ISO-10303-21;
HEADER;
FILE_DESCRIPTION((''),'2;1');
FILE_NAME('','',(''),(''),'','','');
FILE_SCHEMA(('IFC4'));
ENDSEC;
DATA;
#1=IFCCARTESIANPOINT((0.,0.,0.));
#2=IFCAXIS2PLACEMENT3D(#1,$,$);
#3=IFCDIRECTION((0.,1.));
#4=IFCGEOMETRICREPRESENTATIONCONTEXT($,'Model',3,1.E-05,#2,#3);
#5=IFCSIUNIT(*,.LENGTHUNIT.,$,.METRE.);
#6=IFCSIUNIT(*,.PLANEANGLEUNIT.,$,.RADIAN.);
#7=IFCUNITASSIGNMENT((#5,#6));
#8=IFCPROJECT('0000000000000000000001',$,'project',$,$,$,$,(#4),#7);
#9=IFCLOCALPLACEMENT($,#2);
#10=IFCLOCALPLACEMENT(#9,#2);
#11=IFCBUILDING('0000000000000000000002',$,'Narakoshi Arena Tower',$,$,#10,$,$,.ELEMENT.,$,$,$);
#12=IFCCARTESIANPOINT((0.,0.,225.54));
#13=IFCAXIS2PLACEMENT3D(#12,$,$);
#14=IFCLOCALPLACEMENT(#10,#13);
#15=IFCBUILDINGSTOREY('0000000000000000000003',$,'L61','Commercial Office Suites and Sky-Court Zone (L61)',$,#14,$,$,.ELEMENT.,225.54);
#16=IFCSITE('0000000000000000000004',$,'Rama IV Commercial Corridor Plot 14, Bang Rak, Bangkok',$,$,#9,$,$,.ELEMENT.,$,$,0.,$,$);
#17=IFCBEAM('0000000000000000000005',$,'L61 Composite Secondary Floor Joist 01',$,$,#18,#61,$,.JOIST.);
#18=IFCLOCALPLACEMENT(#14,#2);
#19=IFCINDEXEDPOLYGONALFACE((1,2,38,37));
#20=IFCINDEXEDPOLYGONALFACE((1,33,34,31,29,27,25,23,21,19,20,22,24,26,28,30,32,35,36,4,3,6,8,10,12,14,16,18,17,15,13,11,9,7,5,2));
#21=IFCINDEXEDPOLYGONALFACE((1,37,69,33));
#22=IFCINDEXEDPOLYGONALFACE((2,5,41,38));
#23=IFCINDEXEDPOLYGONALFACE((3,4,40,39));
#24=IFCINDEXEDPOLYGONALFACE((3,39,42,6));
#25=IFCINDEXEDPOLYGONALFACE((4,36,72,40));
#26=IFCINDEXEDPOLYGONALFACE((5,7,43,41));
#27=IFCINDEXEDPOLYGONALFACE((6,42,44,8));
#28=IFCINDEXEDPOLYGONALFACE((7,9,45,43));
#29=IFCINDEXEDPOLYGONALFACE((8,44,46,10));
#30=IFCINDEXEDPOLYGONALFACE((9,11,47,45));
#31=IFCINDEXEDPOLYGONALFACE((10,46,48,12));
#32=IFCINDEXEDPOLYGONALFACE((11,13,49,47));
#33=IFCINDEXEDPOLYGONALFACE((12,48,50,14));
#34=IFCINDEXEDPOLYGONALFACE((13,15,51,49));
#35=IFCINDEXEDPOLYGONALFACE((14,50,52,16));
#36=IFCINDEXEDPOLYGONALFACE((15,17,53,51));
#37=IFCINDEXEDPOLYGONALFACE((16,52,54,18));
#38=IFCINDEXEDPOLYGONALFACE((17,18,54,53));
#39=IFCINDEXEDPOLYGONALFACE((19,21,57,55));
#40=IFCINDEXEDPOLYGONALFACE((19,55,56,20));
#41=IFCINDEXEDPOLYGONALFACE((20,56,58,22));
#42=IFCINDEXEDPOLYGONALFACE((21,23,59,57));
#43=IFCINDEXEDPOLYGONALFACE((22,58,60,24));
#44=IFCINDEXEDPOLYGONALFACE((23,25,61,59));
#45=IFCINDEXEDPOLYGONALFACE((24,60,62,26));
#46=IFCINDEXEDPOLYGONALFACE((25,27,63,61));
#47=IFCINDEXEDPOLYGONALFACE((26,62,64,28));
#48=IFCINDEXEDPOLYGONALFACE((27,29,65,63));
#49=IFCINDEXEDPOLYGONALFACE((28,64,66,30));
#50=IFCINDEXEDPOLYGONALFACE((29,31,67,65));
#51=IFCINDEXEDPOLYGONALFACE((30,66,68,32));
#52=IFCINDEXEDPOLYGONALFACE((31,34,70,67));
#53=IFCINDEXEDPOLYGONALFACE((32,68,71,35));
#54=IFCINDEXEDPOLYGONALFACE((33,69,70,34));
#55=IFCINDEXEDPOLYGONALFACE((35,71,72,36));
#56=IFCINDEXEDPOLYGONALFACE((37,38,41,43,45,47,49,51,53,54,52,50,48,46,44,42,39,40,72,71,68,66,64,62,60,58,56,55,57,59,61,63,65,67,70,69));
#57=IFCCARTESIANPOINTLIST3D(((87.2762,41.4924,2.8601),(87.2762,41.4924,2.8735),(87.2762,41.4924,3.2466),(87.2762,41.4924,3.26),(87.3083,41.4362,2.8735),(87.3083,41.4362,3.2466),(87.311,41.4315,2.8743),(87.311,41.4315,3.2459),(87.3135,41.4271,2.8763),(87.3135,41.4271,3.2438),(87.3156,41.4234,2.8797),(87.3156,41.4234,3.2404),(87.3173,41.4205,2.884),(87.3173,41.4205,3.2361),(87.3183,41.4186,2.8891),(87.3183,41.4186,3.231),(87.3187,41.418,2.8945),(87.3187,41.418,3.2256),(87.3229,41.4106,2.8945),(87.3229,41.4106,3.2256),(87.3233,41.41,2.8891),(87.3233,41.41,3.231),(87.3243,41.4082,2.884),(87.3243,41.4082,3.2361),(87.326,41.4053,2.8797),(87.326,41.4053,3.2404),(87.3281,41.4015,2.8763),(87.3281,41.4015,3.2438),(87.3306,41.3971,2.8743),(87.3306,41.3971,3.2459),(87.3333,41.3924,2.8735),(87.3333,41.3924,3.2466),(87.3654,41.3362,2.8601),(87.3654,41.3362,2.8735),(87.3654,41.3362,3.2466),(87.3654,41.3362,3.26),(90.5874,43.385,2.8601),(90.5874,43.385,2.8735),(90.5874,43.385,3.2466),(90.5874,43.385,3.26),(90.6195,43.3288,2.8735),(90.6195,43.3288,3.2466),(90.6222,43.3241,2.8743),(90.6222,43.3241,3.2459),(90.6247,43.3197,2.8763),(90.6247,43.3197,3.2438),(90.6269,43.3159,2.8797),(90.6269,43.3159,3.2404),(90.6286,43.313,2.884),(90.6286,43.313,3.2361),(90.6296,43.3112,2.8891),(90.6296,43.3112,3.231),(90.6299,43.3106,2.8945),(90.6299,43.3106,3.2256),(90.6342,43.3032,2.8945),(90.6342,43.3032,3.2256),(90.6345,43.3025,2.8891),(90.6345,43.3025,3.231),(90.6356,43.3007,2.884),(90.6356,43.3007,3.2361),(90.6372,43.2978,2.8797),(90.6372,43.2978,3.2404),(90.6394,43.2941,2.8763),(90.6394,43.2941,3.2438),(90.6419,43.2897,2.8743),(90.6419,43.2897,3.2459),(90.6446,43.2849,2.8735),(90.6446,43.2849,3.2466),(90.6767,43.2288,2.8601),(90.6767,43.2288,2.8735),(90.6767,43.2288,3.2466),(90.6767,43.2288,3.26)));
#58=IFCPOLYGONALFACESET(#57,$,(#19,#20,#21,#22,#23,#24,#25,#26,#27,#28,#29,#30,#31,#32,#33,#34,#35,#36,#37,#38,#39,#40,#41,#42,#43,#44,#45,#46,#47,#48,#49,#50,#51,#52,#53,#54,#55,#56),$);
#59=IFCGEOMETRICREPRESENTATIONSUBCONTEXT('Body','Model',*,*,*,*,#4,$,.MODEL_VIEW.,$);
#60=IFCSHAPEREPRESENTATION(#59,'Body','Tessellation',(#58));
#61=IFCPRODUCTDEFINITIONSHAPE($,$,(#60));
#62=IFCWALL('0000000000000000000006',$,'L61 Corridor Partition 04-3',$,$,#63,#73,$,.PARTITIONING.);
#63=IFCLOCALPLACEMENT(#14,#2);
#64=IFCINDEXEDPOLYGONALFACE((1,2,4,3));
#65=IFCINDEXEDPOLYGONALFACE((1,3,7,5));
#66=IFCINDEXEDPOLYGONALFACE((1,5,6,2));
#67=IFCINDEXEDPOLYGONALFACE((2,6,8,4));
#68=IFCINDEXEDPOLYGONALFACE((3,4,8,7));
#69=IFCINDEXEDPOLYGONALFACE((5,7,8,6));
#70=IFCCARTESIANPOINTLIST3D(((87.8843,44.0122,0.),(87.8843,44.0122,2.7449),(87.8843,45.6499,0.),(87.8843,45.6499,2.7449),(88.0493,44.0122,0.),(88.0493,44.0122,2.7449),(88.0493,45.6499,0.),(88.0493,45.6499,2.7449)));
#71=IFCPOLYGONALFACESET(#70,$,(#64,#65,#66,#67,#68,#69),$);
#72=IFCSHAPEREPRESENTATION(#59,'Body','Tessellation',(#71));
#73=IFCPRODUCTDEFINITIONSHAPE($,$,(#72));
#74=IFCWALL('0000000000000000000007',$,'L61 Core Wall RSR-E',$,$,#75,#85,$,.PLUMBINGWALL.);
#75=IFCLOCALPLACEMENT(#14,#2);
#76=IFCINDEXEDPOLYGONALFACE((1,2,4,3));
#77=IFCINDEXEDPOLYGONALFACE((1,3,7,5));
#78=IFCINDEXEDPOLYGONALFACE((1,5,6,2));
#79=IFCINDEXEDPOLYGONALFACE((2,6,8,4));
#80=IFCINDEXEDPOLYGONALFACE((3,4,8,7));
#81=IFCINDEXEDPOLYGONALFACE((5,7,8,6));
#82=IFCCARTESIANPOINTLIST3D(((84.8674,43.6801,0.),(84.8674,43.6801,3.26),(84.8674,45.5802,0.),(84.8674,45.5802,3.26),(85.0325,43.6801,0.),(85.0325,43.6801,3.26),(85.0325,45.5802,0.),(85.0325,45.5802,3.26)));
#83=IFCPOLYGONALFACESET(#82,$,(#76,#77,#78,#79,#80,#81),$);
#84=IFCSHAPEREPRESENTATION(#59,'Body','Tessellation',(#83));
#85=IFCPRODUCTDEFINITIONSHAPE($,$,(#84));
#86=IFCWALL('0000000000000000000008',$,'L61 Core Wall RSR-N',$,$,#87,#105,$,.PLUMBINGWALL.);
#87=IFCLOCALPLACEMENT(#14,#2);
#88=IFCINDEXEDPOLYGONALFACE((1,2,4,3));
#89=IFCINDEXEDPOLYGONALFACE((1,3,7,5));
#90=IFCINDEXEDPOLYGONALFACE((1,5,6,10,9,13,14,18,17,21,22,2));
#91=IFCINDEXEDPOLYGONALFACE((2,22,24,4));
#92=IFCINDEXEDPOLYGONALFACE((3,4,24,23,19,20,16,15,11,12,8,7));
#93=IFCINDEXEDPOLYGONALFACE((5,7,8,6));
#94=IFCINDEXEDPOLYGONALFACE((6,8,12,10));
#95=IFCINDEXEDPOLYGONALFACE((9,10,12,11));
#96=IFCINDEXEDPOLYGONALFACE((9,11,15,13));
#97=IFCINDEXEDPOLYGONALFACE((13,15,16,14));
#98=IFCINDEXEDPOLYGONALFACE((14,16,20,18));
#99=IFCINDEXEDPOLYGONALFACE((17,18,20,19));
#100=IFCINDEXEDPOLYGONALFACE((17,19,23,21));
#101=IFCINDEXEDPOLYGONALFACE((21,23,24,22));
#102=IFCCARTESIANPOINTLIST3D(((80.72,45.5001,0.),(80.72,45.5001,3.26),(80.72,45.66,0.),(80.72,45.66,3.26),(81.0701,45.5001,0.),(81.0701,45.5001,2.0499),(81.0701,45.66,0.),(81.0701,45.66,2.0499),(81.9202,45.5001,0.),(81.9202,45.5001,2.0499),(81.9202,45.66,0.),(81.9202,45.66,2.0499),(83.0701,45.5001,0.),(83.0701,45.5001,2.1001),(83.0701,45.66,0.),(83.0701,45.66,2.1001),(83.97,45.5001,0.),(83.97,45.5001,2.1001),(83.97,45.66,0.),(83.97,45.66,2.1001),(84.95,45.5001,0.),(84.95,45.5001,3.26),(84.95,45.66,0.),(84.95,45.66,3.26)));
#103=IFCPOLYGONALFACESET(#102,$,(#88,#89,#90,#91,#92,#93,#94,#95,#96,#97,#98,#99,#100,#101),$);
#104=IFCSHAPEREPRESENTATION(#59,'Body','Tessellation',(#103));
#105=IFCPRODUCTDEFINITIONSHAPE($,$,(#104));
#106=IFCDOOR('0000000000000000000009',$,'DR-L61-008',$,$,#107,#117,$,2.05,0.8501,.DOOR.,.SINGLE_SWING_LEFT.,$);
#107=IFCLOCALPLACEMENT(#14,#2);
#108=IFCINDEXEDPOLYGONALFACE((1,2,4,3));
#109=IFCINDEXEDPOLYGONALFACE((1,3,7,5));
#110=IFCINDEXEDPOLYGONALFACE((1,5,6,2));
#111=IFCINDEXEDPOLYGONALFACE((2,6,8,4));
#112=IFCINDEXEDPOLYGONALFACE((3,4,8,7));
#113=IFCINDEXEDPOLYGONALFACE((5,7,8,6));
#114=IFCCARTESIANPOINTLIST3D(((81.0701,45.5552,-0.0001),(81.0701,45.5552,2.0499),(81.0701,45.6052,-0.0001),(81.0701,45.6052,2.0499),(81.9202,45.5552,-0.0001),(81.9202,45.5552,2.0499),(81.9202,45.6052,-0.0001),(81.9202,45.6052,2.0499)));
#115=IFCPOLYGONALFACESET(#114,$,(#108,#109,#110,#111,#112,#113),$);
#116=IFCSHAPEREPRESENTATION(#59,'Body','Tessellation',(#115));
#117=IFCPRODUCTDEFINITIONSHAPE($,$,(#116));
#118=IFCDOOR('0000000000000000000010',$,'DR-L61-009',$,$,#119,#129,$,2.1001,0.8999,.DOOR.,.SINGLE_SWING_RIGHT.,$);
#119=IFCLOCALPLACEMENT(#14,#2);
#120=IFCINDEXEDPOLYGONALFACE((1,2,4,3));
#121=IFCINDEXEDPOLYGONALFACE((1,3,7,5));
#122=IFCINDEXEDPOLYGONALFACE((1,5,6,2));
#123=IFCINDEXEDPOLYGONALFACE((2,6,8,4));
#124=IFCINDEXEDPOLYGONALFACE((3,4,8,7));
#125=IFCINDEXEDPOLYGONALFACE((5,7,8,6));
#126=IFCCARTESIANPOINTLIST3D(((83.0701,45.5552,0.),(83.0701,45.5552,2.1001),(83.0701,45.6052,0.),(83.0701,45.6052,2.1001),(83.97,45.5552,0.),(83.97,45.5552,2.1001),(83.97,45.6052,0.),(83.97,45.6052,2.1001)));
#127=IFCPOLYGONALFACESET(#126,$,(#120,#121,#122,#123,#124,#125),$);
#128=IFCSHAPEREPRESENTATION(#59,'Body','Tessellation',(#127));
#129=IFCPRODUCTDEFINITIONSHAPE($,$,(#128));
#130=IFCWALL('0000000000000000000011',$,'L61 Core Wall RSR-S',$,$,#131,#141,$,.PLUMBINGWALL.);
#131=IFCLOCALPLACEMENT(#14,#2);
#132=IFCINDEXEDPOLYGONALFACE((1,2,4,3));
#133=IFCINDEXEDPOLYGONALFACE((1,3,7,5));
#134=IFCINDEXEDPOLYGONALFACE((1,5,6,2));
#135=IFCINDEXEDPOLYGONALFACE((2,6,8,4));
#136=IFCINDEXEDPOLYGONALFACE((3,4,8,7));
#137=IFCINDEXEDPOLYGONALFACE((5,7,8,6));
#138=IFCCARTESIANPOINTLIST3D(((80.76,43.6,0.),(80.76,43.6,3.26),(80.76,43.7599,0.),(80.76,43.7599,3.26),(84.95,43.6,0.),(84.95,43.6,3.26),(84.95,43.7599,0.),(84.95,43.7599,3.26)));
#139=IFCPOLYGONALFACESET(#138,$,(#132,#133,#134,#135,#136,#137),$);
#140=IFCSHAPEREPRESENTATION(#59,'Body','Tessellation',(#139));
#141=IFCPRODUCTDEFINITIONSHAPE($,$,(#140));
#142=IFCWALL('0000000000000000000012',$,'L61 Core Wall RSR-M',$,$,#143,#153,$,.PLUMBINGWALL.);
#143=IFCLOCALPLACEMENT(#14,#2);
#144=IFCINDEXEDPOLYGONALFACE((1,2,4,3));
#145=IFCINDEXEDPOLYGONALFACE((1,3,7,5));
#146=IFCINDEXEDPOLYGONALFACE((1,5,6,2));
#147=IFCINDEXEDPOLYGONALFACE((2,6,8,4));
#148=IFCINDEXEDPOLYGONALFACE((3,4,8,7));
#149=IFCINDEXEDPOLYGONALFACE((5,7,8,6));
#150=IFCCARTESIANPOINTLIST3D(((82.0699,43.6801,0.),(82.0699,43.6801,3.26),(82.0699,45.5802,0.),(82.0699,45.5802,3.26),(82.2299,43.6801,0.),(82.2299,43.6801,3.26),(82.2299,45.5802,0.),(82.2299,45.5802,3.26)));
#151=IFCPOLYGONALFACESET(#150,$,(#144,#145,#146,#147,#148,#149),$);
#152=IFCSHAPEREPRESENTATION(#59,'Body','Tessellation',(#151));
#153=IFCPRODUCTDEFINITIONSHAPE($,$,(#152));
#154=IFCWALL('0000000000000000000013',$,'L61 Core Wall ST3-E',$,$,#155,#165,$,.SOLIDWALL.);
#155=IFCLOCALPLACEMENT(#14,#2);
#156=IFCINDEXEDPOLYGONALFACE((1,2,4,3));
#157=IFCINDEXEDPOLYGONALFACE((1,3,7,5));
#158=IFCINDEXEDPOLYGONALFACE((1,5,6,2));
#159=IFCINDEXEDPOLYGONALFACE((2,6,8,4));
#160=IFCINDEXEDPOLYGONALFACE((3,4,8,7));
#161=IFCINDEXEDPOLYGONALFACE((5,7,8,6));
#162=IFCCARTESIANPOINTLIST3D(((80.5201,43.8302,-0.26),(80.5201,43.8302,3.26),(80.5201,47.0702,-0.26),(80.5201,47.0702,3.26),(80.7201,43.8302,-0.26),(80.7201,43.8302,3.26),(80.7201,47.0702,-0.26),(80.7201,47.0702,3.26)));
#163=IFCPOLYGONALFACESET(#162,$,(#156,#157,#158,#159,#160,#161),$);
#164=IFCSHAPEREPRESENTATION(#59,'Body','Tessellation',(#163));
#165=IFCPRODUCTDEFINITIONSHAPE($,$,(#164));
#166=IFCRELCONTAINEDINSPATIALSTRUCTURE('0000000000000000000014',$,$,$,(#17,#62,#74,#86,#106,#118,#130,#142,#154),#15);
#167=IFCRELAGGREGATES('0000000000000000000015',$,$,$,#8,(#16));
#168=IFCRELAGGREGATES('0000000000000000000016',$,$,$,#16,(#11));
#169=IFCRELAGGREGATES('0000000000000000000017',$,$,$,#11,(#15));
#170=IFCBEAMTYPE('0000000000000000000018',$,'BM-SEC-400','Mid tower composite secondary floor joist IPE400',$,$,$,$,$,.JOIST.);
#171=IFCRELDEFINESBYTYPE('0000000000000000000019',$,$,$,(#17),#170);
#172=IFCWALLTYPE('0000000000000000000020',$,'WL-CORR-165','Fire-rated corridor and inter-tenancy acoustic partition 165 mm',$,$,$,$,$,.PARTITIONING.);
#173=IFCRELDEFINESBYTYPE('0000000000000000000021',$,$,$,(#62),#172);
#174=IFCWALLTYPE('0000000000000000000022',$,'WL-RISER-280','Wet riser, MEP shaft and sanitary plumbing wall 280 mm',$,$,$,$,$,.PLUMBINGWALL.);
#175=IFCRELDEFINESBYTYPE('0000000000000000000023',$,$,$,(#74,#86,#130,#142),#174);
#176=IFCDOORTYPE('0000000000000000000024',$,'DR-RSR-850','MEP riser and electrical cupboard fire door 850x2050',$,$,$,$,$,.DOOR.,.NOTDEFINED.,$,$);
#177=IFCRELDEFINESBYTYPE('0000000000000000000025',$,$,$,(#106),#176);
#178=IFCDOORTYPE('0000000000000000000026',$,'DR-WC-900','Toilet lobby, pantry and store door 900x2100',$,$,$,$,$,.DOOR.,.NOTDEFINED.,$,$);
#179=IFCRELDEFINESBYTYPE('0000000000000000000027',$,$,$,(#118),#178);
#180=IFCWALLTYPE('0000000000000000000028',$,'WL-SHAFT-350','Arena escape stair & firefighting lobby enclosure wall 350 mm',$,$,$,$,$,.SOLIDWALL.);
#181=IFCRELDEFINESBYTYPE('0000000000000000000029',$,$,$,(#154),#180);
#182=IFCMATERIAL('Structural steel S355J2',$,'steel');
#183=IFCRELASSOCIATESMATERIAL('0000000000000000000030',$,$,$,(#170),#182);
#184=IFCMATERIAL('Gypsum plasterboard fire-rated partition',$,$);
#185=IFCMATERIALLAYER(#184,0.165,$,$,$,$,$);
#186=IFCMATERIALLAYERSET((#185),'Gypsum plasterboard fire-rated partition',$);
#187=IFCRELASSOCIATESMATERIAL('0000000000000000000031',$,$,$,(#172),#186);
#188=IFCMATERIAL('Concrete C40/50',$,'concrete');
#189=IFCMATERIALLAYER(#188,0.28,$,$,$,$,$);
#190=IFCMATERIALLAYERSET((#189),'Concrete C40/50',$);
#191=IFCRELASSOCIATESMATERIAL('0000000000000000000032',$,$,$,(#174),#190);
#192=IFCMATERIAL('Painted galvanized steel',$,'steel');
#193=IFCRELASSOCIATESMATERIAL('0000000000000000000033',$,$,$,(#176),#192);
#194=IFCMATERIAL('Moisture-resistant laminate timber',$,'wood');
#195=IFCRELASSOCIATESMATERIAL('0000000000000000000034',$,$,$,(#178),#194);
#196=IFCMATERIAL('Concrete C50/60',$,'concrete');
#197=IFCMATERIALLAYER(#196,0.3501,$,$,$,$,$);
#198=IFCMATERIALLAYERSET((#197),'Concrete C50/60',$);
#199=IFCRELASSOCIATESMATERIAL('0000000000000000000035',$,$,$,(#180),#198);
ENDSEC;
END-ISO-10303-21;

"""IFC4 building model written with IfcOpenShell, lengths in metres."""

from ifc_helpers import new_model, si_unit, direction, frame, frame_2d, origin, origin_2d, place, context, subcontext, project, spatial, rectangle, i_section, extrude, material, layer, layer_set, material_profile, profile_set, type_object, element, fill, save


model = new_model("IFC4")

# Units and contexts
model_context = context("Model", 3, precision=1e-05, world=origin(), true_north=direction((0.0, 1.0)))
body_context = subcontext(model_context, "Body", "Model", "MODEL_VIEW")
ifc_project = project(units=[si_unit("LENGTHUNIT", "METRE"), si_unit("PLANEANGLEUNIT", "RADIAN")], contexts=[model_context])

# Site, building, storey
site_placement = place(None, origin())
site = spatial("IfcSite", under=ifc_project, at=site_placement, Name="Rama IV Commercial Corridor Plot 14, Bang Rak, Bangkok", CompositionType="ELEMENT", RefElevation=0.0)
building_placement = place(site_placement, origin())
building = spatial("IfcBuilding", under=site, at=building_placement, Name="Narakoshi Arena Tower", CompositionType="ELEMENT")
storey_placement = place(building_placement, frame((0.0, 0.0, 225.54)))
storey = spatial("IfcBuildingStorey", under=building, at=storey_placement, Name="L61", Description="Commercial Office Suites and Sky-Court Zone (L61)", CompositionType="ELEMENT", Elevation=225.54)

# Beam
ifc_material_1 = material(Name="Structural steel S355J2", Category="steel")
ifc_material_profile_1 = material_profile(ifc_material_1, i_section(OverallWidth=0.1799, OverallDepth=0.3999, WebThickness=0.0085, FlangeThickness=0.0134, FilletRadius=0.021, at=origin_2d()), Name="IPE400")
ifc_profile_set_1 = profile_set([ifc_material_profile_1], Name="Structural steel S355J2")
beam_type_1 = type_object("IfcBeamType", Name="BM-SEC-400", Description="Mid tower composite secondary floor joist IPE400", PredefinedType="JOIST", material=ifc_profile_set_1)
beam_1_placement = place(storey_placement, frame((87.3208, 41.4143, 3.0601), z_axis=(0.868196, 0.496222, 0.0), x_axis=(-0.496222, 0.868196, 0.0)))
element("IfcBeam", 1, at=beam_1_placement, inside=storey, type_object=beam_type_1, Name="L61 Composite Secondary Floor Joist 01", PredefinedType="JOIST", context=body_context, shape_type="SweptSolid", body=[
    extrude(i_section(OverallWidth=0.1799, OverallDepth=0.3999, WebThickness=0.0085, FlangeThickness=0.0134, FilletRadius=0.021, at=origin_2d()), origin(), (0.0, 0.0, 1.0), 3.814),
])

# Walls
ifc_material_2 = material(Name="Gypsum plasterboard fire-rated partition")
ifc_layer_1 = layer(ifc_material_2, 0.165)
ifc_layer_set_1 = layer_set([ifc_layer_1], Name="Gypsum plasterboard fire-rated partition")
wall_type_1 = type_object("IfcWallType", Name="WL-CORR-165", Description="Fire-rated corridor and inter-tenancy acoustic partition 165 mm", PredefinedType="PARTITIONING", material=ifc_layer_set_1)
wall_1_placement = place(storey_placement, frame((87.9668, 44.0122, 0.0), z_axis=(0.0, 0.0, 1.0), x_axis=(0.0, 1.0, 0.0)))
element("IfcWall", 2, at=wall_1_placement, inside=storey, type_object=wall_type_1, Name="L61 Corridor Partition 04-3", PredefinedType="PARTITIONING", context=body_context, shape_type="SweptSolid", body=[
    extrude(rectangle(XDim=1.6377, YDim=0.165, at=frame_2d((0.8188, 0.0))), origin(), (0.0, 0.0, 1.0), 2.7449),
])
ifc_material_3 = material(Name="Concrete C40/50", Category="concrete")
ifc_layer_2 = layer(ifc_material_3, 0.28)
ifc_layer_set_2 = layer_set([ifc_layer_2], Name="Concrete C40/50")
wall_type_2 = type_object("IfcWallType", Name="WL-RISER-280", Description="Wet riser, MEP shaft and sanitary plumbing wall 280 mm", PredefinedType="PLUMBINGWALL", material=ifc_layer_set_2)
wall_2_placement = place(storey_placement, frame((84.95, 43.6799, 0.0), z_axis=(0.0, 0.0, 1.0), x_axis=(0.0, 1.0, 0.0)))
element("IfcWall", 3, at=wall_2_placement, inside=storey, type_object=wall_type_2, Name="L61 Core Wall RSR-E", PredefinedType="PLUMBINGWALL", context=body_context, shape_type="SweptSolid", body=[
    extrude(rectangle(XDim=1.9001, YDim=0.165, at=frame_2d((0.9502, 0.0))), origin(), (0.0, 0.0, 1.0), 3.26),
])

# Wall, openings, doors
wall_3_placement = place(storey_placement, frame((80.72, 45.5801, 0.0), z_axis=(0.0, 0.0, 1.0), x_axis=(1.0, 0.0, 0.0)))
wall_3 = element("IfcWall", 4, at=wall_3_placement, inside=storey, type_object=wall_type_2, Name="L61 Core Wall RSR-N", PredefinedType="PLUMBINGWALL", context=body_context, shape_type="SweptSolid", body=[
    extrude(rectangle(XDim=4.23, YDim=0.1599, at=frame_2d((2.115, 0.0))), origin(), (0.0, 0.0, 1.0), 3.26),
])
opening_1_placement = place(wall_3_placement, frame((0.3501, 0.0, 0.0)))
opening_1 = element("IfcOpeningElement", 5, at=opening_1_placement, cuts=wall_3, PredefinedType="OPENING", context=body_context, shape_type="SweptSolid", body=[
    extrude(rectangle(XDim=0.8501, YDim=2.05, at=frame_2d((0.425, 1.0249))), frame((0.0, 0.0898, 0.0), z_axis=(0.0, -1.0, 0.0), x_axis=(1.0, 0.0, 0.0)), (0.0, 0.0, 1.0), 0.1799),
])
opening_2_placement = place(wall_3_placement, frame((2.3501, 0.0, 0.0)))
opening_2 = element("IfcOpeningElement", 6, at=opening_2_placement, cuts=wall_3, PredefinedType="OPENING", context=body_context, shape_type="SweptSolid", body=[
    extrude(rectangle(XDim=0.8999, YDim=2.1001, at=frame_2d((0.45, 1.05))), frame((0.0, 0.0898, 0.0), z_axis=(0.0, -1.0, 0.0), x_axis=(1.0, 0.0, 0.0)), (0.0, 0.0, 1.0), 0.1799),
])
ifc_material_4 = material(Name="Painted galvanized steel", Category="steel")
door_type_1 = type_object("IfcDoorType", Name="DR-RSR-850", Description="MEP riser and electrical cupboard fire door 850x2050", OperationType="NOTDEFINED", PredefinedType="DOOR", material=ifc_material_4)
door_1_placement = place(opening_1_placement, frame((0.8501, 0.0, 0.0), z_axis=(0.0, 0.0, 1.0), x_axis=(-1.0, 0.0, 0.0)))
door_1 = element("IfcDoor", 7, at=door_1_placement, inside=storey, type_object=door_type_1, Name="DR-L61-008", OperationType="SINGLE_SWING_LEFT", OverallHeight=2.05, OverallWidth=0.8501, PredefinedType="DOOR", context=body_context, shape_type="SweptSolid", body=[
    extrude(rectangle(XDim=0.8501, YDim=2.05, at=frame_2d((0.425, 1.0249))), frame((0.0, 0.0249, 0.0), z_axis=(0.0, -1.0, 0.0), x_axis=(1.0, 0.0, 0.0)), (0.0, 0.0, 1.0), 0.05),
])
fill(opening_1, door_1)
ifc_material_5 = material(Name="Moisture-resistant laminate timber", Category="wood")
door_type_2 = type_object("IfcDoorType", Name="DR-WC-900", Description="Toilet lobby, pantry and store door 900x2100", OperationType="NOTDEFINED", PredefinedType="DOOR", material=ifc_material_5)
door_2_placement = place(opening_2_placement, frame((0.8999, 0.0, 0.0), z_axis=(0.0, 0.0, 1.0), x_axis=(-1.0, 0.0, 0.0)))
door_2 = element("IfcDoor", 8, at=door_2_placement, inside=storey, type_object=door_type_2, Name="DR-L61-009", OperationType="SINGLE_SWING_RIGHT", OverallHeight=2.1001, OverallWidth=0.8999, PredefinedType="DOOR", context=body_context, shape_type="SweptSolid", body=[
    extrude(rectangle(XDim=0.8999, YDim=2.1001, at=frame_2d((0.45, 1.05))), frame((0.0, 0.0249, 0.0), z_axis=(0.0, -1.0, 0.0), x_axis=(1.0, 0.0, 0.0)), (0.0, 0.0, 1.0), 0.05),
])
fill(opening_2, door_2)

# Walls
wall_4_placement = place(storey_placement, frame((80.76, 43.6799, 0.0), z_axis=(0.0, 0.0, 1.0), x_axis=(1.0, 0.0, 0.0)))
element("IfcWall", 9, at=wall_4_placement, inside=storey, type_object=wall_type_2, Name="L61 Core Wall RSR-S", PredefinedType="PLUMBINGWALL", context=body_context, shape_type="SweptSolid", body=[
    extrude(rectangle(XDim=4.1899, YDim=0.1599, at=frame_2d((2.095, 0.0))), origin(), (0.0, 0.0, 1.0), 3.26),
])
wall_5_placement = place(storey_placement, frame((82.1499, 43.6799, 0.0), z_axis=(0.0, 0.0, 1.0), x_axis=(0.0, 1.0, 0.0)))
element("IfcWall", 10, at=wall_5_placement, inside=storey, type_object=wall_type_2, Name="L61 Core Wall RSR-M", PredefinedType="PLUMBINGWALL", context=body_context, shape_type="SweptSolid", body=[
    extrude(rectangle(XDim=1.9001, YDim=0.1599, at=frame_2d((0.9502, 0.0))), origin(), (0.0, 0.0, 1.0), 3.26),
])
ifc_material_6 = material(Name="Concrete C50/60", Category="concrete")
ifc_layer_3 = layer(ifc_material_6, 0.3501)
ifc_layer_set_3 = layer_set([ifc_layer_3], Name="Concrete C50/60")
wall_type_3 = type_object("IfcWallType", Name="WL-SHAFT-350", Description="Arena escape stair & firefighting lobby enclosure wall 350 mm", PredefinedType="SOLIDWALL", material=ifc_layer_set_3)
wall_6_placement = place(storey_placement, frame((80.6201, 43.8301, -0.26), z_axis=(0.0, 0.0, 1.0), x_axis=(0.0, 1.0, 0.0)))
element("IfcWall", 11, at=wall_6_placement, inside=storey, type_object=wall_type_3, Name="L61 Core Wall ST3-E", PredefinedType="SOLIDWALL", context=body_context, shape_type="SweptSolid", body=[
    extrude(rectangle(XDim=3.24, YDim=0.2, at=frame_2d((1.6201, 0.0))), origin(), (0.0, 0.0, 1.0), 3.52),
])

save(model, "model.ifc")
